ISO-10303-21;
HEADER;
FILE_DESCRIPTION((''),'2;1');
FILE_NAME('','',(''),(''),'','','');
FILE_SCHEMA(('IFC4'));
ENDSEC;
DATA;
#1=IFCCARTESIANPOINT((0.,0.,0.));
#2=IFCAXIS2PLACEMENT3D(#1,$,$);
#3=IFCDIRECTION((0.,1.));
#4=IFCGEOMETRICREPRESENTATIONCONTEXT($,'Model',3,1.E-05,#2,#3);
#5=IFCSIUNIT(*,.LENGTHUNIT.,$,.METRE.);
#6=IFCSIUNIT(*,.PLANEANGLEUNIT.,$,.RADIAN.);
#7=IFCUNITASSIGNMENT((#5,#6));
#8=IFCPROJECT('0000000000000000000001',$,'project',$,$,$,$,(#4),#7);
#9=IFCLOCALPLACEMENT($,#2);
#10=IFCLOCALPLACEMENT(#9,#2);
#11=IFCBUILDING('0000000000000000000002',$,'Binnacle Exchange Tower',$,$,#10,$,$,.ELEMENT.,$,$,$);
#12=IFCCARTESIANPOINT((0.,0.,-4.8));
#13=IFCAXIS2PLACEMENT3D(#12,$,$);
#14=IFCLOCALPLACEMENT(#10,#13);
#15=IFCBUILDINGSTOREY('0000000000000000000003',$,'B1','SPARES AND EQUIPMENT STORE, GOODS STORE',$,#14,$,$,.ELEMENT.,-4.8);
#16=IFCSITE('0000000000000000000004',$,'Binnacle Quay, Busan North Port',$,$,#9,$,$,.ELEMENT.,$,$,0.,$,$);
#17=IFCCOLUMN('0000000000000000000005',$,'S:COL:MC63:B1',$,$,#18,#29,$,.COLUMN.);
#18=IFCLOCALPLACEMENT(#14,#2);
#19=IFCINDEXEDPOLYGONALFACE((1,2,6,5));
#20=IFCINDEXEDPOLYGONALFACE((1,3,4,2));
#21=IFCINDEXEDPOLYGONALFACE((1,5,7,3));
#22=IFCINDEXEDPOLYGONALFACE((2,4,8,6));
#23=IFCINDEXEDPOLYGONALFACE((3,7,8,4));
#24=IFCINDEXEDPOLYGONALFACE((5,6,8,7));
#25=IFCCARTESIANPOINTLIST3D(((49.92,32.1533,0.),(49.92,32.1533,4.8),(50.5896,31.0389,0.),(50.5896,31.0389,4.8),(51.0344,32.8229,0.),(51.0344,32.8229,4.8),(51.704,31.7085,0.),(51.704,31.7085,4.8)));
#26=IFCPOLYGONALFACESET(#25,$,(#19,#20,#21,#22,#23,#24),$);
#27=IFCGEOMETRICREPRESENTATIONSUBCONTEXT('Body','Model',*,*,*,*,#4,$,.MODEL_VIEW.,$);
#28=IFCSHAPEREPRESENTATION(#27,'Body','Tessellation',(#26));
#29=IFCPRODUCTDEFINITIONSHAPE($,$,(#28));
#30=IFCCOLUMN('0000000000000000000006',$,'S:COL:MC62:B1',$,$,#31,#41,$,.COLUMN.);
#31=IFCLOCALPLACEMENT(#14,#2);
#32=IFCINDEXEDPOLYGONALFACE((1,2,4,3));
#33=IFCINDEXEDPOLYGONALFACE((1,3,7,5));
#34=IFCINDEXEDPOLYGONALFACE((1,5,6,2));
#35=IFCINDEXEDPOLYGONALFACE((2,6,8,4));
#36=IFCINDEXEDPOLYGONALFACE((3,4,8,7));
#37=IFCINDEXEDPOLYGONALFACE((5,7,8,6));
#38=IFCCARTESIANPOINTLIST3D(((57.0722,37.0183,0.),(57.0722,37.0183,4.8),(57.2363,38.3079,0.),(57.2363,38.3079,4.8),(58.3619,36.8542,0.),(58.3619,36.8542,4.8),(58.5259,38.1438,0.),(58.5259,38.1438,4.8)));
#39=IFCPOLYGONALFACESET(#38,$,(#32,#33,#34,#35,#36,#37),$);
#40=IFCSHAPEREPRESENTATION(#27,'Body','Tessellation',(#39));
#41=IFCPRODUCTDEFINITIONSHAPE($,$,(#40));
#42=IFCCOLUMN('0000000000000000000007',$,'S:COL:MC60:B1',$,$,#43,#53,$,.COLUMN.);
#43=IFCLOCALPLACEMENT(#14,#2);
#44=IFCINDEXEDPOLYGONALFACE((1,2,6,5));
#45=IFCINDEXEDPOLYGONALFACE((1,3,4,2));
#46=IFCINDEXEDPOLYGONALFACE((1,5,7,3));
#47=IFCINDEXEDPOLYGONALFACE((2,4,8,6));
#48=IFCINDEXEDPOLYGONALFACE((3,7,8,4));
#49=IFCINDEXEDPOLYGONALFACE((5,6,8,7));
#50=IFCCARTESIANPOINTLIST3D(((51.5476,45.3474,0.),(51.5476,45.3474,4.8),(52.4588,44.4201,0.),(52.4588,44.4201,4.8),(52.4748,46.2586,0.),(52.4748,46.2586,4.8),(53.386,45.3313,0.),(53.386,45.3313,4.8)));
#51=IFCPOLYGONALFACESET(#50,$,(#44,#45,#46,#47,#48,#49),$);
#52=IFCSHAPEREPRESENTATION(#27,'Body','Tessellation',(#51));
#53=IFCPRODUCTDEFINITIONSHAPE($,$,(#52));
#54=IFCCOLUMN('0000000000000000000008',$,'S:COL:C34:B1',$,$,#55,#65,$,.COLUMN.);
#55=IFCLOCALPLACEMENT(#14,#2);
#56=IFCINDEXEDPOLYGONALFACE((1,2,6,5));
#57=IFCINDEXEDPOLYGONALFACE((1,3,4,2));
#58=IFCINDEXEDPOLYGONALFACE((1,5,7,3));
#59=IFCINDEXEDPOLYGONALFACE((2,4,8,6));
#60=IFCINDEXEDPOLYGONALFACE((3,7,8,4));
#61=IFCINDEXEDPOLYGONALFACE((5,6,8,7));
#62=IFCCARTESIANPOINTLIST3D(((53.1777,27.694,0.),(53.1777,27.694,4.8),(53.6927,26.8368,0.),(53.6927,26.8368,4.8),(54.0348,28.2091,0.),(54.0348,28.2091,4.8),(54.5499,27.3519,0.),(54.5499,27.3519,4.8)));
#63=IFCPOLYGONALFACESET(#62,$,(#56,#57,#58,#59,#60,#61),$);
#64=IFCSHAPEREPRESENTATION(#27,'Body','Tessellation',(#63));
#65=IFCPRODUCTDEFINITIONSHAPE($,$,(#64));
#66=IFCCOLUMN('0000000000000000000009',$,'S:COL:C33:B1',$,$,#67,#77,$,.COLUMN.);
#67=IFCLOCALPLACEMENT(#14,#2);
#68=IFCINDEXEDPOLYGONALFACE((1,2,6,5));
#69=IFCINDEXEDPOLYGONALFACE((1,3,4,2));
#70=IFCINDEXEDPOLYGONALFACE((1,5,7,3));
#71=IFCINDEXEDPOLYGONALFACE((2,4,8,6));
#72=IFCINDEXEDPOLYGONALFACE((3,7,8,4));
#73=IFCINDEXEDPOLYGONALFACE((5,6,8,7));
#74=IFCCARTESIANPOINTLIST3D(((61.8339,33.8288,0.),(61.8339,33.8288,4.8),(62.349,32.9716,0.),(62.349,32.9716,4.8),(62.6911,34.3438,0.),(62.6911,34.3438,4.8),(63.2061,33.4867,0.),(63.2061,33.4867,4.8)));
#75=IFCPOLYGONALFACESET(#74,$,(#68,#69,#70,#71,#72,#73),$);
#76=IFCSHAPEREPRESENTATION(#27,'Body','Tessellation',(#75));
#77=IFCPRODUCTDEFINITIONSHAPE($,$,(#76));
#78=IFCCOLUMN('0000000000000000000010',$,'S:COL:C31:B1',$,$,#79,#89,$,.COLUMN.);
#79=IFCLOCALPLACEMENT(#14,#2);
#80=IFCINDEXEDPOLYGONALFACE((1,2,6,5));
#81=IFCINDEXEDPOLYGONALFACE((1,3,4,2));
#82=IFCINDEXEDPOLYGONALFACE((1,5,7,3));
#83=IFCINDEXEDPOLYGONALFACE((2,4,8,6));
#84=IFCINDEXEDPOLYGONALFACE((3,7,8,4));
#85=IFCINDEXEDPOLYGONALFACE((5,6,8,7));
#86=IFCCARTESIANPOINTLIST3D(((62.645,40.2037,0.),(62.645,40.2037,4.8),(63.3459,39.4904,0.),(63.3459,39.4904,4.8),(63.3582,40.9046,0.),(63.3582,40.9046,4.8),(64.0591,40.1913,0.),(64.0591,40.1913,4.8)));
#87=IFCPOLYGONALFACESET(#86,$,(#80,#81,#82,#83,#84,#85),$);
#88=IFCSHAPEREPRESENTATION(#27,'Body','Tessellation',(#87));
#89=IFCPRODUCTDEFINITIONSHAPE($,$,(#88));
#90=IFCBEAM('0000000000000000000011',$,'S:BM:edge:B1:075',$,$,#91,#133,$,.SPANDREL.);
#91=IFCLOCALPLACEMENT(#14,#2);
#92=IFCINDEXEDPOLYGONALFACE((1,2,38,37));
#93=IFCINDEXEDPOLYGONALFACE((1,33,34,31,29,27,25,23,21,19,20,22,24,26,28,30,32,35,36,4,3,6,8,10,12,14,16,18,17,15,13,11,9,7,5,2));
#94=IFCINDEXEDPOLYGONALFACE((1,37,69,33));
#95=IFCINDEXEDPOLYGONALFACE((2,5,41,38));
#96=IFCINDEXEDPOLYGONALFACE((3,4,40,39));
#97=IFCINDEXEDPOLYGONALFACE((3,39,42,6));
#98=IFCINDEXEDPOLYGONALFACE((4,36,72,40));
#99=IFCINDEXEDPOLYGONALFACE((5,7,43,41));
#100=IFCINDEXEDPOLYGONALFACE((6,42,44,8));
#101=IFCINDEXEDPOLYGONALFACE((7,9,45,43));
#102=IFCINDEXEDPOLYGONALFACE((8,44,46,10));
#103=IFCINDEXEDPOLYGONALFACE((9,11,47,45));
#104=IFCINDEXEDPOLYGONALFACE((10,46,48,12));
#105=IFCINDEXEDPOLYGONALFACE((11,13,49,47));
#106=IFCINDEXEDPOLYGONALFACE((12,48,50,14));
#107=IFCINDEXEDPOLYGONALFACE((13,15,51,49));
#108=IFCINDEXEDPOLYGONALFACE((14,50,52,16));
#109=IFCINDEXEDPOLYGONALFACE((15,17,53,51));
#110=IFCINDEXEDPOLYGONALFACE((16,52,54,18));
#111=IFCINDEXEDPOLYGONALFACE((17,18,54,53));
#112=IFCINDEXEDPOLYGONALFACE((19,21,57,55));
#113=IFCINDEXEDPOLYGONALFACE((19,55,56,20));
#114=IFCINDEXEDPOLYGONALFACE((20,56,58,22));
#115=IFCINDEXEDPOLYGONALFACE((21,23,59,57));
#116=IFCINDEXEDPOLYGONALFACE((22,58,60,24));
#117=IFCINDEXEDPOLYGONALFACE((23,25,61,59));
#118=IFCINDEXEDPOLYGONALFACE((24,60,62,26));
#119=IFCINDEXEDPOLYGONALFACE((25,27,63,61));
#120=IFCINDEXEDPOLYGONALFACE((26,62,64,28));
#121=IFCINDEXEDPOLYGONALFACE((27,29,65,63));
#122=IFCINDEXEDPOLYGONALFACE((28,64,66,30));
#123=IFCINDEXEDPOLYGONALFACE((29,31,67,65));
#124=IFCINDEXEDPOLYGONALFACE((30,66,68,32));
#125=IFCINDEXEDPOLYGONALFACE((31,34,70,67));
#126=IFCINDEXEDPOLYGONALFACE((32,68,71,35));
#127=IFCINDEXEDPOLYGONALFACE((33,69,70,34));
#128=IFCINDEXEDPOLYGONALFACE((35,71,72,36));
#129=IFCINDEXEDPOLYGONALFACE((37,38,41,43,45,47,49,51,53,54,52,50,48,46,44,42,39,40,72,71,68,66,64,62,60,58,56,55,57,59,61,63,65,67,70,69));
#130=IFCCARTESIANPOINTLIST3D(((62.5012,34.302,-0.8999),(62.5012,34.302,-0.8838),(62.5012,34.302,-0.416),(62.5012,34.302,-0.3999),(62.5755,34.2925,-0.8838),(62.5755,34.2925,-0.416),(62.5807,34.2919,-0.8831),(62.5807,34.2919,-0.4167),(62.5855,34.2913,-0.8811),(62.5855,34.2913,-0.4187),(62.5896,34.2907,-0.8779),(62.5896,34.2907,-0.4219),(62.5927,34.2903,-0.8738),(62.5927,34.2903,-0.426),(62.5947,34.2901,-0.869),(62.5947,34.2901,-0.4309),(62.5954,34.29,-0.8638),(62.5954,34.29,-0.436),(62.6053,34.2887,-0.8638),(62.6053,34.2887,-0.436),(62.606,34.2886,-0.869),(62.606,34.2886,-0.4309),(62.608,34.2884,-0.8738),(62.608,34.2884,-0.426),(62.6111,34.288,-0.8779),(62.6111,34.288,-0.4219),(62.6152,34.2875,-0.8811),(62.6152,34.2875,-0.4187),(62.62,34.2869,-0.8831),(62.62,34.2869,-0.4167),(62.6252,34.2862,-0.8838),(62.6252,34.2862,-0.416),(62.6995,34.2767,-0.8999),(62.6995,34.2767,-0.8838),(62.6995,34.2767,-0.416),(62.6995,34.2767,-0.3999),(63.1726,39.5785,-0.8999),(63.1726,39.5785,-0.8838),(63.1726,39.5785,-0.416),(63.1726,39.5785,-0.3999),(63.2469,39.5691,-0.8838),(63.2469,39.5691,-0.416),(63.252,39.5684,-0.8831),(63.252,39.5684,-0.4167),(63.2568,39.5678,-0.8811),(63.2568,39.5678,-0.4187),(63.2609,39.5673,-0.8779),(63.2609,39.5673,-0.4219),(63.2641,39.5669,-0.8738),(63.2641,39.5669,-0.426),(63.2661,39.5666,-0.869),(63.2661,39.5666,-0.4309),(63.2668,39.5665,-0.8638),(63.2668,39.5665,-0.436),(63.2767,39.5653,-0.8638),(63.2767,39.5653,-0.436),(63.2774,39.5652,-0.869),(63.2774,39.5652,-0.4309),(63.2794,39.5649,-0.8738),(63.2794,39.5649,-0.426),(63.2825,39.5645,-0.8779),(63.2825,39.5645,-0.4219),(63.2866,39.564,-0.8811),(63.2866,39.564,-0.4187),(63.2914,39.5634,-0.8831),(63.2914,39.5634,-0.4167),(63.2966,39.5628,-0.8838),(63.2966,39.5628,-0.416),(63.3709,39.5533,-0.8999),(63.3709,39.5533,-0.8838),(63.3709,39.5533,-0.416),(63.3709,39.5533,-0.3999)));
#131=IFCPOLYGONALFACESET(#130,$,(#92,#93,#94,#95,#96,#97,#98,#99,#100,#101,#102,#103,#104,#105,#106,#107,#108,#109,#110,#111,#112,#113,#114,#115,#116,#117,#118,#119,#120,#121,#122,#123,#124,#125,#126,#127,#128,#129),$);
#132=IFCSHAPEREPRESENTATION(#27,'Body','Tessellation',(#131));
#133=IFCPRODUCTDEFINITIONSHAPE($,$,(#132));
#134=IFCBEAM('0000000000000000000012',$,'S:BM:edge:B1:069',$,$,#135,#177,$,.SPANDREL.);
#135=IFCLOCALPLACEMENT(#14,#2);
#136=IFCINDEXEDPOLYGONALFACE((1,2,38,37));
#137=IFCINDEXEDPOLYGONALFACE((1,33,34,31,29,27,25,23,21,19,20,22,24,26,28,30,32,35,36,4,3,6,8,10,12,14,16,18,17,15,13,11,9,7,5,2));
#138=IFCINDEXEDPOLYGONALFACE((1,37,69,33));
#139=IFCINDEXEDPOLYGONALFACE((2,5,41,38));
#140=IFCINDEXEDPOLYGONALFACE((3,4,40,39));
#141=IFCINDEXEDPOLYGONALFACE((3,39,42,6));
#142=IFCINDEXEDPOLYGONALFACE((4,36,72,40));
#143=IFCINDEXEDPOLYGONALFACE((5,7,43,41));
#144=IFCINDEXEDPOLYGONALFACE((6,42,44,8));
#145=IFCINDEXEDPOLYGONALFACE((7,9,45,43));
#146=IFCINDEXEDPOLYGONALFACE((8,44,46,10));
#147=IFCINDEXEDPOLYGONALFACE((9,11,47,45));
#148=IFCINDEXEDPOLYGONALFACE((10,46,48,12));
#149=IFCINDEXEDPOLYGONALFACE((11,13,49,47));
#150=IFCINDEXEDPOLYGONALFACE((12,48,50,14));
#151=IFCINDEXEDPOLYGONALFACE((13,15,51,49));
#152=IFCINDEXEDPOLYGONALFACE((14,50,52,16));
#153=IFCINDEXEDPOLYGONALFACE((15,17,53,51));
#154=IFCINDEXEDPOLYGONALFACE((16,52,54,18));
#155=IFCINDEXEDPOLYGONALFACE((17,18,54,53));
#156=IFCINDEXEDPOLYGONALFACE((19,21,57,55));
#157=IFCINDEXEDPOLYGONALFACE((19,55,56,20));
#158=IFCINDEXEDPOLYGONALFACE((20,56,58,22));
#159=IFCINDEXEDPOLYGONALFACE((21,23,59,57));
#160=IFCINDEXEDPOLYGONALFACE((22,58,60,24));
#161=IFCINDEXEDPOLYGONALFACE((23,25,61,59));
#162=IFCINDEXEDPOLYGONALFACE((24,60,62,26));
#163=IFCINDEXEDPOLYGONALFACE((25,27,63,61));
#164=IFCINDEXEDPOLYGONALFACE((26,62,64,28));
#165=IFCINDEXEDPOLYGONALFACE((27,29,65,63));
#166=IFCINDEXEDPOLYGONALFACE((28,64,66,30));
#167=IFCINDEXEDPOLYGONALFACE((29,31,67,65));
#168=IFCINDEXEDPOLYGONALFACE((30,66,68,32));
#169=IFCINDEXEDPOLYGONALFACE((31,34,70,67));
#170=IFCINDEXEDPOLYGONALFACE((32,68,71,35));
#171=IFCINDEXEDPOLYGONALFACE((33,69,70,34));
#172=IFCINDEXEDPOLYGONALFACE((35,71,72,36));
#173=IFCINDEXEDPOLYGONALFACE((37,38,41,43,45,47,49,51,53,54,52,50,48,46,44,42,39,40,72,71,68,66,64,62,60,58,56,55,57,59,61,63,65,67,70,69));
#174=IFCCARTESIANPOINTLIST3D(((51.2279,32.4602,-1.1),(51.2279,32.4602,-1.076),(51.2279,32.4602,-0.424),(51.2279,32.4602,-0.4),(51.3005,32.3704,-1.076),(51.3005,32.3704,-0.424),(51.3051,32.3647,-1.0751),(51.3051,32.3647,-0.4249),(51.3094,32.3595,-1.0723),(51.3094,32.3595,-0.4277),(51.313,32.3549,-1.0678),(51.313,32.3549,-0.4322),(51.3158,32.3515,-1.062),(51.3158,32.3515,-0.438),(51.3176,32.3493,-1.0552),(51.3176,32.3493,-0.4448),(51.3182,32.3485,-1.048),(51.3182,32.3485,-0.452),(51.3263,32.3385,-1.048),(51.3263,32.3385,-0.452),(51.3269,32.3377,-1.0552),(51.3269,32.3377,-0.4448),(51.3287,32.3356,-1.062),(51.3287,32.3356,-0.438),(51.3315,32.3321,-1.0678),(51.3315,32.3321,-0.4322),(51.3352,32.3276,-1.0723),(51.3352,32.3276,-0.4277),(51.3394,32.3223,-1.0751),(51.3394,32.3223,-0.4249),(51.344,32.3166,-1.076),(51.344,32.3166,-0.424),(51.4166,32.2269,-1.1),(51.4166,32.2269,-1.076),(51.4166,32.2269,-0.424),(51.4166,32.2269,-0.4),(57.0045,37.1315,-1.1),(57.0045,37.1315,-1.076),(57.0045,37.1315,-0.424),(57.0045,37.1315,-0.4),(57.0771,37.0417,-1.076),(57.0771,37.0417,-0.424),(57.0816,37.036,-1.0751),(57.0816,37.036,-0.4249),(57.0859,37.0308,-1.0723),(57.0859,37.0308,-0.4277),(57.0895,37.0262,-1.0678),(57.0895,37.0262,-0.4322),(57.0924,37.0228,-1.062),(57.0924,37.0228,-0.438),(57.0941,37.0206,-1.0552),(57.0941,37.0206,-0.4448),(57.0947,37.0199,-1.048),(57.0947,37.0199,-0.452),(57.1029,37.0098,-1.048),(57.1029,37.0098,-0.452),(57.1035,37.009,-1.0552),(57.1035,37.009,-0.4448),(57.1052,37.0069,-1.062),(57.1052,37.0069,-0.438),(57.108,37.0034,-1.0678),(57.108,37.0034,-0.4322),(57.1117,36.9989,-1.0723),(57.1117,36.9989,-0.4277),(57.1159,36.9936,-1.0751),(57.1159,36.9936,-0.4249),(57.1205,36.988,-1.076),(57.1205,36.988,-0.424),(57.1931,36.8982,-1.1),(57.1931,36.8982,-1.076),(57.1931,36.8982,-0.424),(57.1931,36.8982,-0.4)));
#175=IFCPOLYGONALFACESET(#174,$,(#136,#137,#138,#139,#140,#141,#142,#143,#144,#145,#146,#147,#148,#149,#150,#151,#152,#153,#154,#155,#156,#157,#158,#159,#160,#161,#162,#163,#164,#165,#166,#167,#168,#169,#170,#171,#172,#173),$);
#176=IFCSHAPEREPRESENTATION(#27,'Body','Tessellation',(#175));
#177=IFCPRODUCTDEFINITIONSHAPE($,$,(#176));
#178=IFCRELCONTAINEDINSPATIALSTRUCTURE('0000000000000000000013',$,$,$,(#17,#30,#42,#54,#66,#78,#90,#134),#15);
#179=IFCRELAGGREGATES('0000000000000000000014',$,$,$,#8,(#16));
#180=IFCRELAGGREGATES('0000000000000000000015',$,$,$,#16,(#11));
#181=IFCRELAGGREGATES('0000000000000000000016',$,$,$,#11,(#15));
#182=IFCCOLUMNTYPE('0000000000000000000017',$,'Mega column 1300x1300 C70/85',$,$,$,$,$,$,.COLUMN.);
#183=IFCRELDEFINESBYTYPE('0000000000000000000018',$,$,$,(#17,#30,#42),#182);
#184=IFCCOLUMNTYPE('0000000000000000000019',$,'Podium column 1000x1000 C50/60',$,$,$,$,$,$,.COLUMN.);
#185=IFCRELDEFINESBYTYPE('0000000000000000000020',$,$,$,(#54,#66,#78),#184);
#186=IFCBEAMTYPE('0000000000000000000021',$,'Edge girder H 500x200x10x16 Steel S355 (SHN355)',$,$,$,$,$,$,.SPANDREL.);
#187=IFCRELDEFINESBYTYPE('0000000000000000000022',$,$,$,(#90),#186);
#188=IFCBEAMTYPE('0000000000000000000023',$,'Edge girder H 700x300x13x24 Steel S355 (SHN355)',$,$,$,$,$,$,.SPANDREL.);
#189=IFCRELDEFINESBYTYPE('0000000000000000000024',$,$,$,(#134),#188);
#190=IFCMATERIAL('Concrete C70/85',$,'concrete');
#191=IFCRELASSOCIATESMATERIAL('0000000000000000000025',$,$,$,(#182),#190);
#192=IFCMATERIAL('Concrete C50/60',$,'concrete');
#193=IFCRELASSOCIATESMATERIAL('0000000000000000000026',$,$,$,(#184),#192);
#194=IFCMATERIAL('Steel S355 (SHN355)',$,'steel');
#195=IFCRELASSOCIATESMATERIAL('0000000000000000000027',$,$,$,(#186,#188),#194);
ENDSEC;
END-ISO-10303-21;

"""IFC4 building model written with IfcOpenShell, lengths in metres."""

from ifc_helpers import new_model, si_unit, direction, frame, origin, origin_2d, place, context, subcontext, project, spatial, rectangle, i_section, extrude, material, material_profile, profile_set, type_object, element, save


model = new_model("IFC4")

# Units and contexts
model_context = context("Model", 3, precision=1e-05, world=origin(), true_north=direction((0.0, 1.0)))
body_context = subcontext(model_context, "Body", "Model", "MODEL_VIEW")
ifc_project = project(units=[si_unit("LENGTHUNIT", "METRE"), si_unit("PLANEANGLEUNIT", "RADIAN")], contexts=[model_context])

# Site, building, storey
site_placement = place(None, origin())
site = spatial("IfcSite", under=ifc_project, at=site_placement, Name="Binnacle Quay, Busan North Port", CompositionType="ELEMENT", RefElevation=0.0)
building_placement = place(site_placement, origin())
building = spatial("IfcBuilding", under=site, at=building_placement, Name="Binnacle Exchange Tower", CompositionType="ELEMENT")
storey_placement = place(building_placement, frame((0.0, 0.0, -4.8)))
storey = spatial("IfcBuildingStorey", under=building, at=storey_placement, Name="B1", Description="SPARES AND EQUIPMENT STORE, GOODS STORE", CompositionType="ELEMENT", Elevation=-4.8)

# Columns
ifc_material_1 = material(Name="Concrete C70/85", Category="concrete")
ifc_material_profile_1 = material_profile(ifc_material_1, rectangle(XDim=1.3, YDim=1.3, at=origin_2d()), Name="Mega column 1300x1300 C70/85")
ifc_profile_set_1 = profile_set([ifc_material_profile_1], Name="Concrete C70/85")
column_type_1 = type_object("IfcColumnType", Name="Mega column 1300x1300 C70/85", PredefinedType="COLUMN", material=ifc_profile_set_1)
for number, where, z_axis, x_axis, name in (
    (1, (50.812, 31.9309, 0.0), (0.0, 0.0, 1.0), (0.857167, 0.515038, 0.0), "S:COL:MC63:B1"),
    (2, (57.7991, 37.5811, 0.0), (0.0, 0.0, 1.0), (0.126199, 0.992005, 0.0), "S:COL:MC62:B1"),
    (3, (52.4668, 45.3394, 0.0), (0.0, 0.0, 1.0), (-0.700909, 0.71325, 0.0), "S:COL:MC60:B1"),
):
    element("IfcColumn", number, at=place(storey_placement, frame(where, z_axis=z_axis, x_axis=x_axis)), inside=storey, type_object=column_type_1, Name=name, PredefinedType="COLUMN", context=body_context, shape_type="SweptSolid", body=[
        extrude(rectangle(XDim=1.3, YDim=1.3, at=origin_2d()), origin(), (0.0, 0.0, 1.0), 4.8),
    ])
ifc_material_2 = material(Name="Concrete C50/60", Category="concrete")
ifc_material_profile_2 = material_profile(ifc_material_2, rectangle(XDim=1.0, YDim=1.0, at=origin_2d()), Name="Podium column 1000x1000 C50/60")
ifc_profile_set_2 = profile_set([ifc_material_profile_2], Name="Concrete C50/60")
column_type_2 = type_object("IfcColumnType", Name="Podium column 1000x1000 C50/60", PredefinedType="COLUMN", material=ifc_profile_set_2)
for number, where, z_axis, x_axis, name in (
    (4, (53.8638, 27.5229, 0.0), (0.0, 0.0, 1.0), (0.857167, 0.515038, 0.0), "S:COL:C34:B1"),
    (5, (62.52, 33.6577, 0.0), (0.0, 0.0, 1.0), (0.857167, 0.515038, 0.0), "S:COL:C33:B1"),
    (6, (63.3521, 40.1975, 0.0), (0.0, 0.0, 1.0), (-0.700909, 0.71325, 0.0), "S:COL:C31:B1"),
):
    element("IfcColumn", number, at=place(storey_placement, frame(where, z_axis=z_axis, x_axis=x_axis)), inside=storey, type_object=column_type_2, Name=name, PredefinedType="COLUMN", context=body_context, shape_type="SweptSolid", body=[
        extrude(rectangle(XDim=1.0, YDim=1.0, at=origin_2d()), origin(), (0.0, 0.0, 1.0), 4.8),
    ])

# Beams
ifc_material_3 = material(Name="Steel S355 (SHN355)", Category="steel")
ifc_material_profile_3 = material_profile(ifc_material_3, i_section(OverallWidth=0.2, OverallDepth=0.5, WebThickness=0.01, FlangeThickness=0.0161, FilletRadius=0.02, at=origin_2d()), Name="H 500x200x10x16")
ifc_profile_set_3 = profile_set([ifc_material_profile_3], Name="Steel S355 (SHN355)")
beam_type_1 = type_object("IfcBeamType", Name="Edge girder H 500x200x10x16 Steel S355 (SHN355)", PredefinedType="SPANDREL", material=ifc_profile_set_3)
beam_1_placement = place(storey_placement, frame((63.2717, 39.5659, -0.6499), z_axis=(-0.126221, -0.992002, 0.0), x_axis=(0.992002, -0.126221, 0.0)))
element("IfcBeam", 7, at=beam_1_placement, inside=storey, type_object=beam_type_1, Name="S:BM:edge:B1:075", PredefinedType="SPANDREL", context=body_context, shape_type="SweptSolid", body=[
    extrude(i_section(OverallWidth=0.2, OverallDepth=0.5, WebThickness=0.01, FlangeThickness=0.0161, FilletRadius=0.02, at=origin_2d()), origin(), (0.0, 0.0, 1.0), 5.3191),
])
ifc_material_profile_4 = material_profile(ifc_material_3, i_section(OverallWidth=0.3, OverallDepth=0.7, WebThickness=0.0129, FlangeThickness=0.0239, FilletRadius=0.0281, at=origin_2d()), Name="H 700x300x13x24")
ifc_profile_set_4 = profile_set([ifc_material_profile_4], Name="Steel S355 (SHN355)")
beam_type_2 = type_object("IfcBeamType", Name="Edge girder H 700x300x13x24 Steel S355 (SHN355)", PredefinedType="SPANDREL", material=ifc_profile_set_4)
beam_2_placement = place(storey_placement, frame((51.3223, 32.3435, -0.75), z_axis=(0.777568, 0.628798, 0.0), x_axis=(-0.628798, 0.777568, 0.0)))
element("IfcBeam", 8, at=beam_2_placement, inside=storey, type_object=beam_type_2, Name="S:BM:edge:B1:069", PredefinedType="SPANDREL", context=body_context, shape_type="SweptSolid", body=[
    extrude(i_section(OverallWidth=0.3, OverallDepth=0.7, WebThickness=0.0129, FlangeThickness=0.0239, FilletRadius=0.0281, at=origin_2d()), origin(), (0.0, 0.0, 1.0), 7.429),
])

save(model, "model.ifc")
